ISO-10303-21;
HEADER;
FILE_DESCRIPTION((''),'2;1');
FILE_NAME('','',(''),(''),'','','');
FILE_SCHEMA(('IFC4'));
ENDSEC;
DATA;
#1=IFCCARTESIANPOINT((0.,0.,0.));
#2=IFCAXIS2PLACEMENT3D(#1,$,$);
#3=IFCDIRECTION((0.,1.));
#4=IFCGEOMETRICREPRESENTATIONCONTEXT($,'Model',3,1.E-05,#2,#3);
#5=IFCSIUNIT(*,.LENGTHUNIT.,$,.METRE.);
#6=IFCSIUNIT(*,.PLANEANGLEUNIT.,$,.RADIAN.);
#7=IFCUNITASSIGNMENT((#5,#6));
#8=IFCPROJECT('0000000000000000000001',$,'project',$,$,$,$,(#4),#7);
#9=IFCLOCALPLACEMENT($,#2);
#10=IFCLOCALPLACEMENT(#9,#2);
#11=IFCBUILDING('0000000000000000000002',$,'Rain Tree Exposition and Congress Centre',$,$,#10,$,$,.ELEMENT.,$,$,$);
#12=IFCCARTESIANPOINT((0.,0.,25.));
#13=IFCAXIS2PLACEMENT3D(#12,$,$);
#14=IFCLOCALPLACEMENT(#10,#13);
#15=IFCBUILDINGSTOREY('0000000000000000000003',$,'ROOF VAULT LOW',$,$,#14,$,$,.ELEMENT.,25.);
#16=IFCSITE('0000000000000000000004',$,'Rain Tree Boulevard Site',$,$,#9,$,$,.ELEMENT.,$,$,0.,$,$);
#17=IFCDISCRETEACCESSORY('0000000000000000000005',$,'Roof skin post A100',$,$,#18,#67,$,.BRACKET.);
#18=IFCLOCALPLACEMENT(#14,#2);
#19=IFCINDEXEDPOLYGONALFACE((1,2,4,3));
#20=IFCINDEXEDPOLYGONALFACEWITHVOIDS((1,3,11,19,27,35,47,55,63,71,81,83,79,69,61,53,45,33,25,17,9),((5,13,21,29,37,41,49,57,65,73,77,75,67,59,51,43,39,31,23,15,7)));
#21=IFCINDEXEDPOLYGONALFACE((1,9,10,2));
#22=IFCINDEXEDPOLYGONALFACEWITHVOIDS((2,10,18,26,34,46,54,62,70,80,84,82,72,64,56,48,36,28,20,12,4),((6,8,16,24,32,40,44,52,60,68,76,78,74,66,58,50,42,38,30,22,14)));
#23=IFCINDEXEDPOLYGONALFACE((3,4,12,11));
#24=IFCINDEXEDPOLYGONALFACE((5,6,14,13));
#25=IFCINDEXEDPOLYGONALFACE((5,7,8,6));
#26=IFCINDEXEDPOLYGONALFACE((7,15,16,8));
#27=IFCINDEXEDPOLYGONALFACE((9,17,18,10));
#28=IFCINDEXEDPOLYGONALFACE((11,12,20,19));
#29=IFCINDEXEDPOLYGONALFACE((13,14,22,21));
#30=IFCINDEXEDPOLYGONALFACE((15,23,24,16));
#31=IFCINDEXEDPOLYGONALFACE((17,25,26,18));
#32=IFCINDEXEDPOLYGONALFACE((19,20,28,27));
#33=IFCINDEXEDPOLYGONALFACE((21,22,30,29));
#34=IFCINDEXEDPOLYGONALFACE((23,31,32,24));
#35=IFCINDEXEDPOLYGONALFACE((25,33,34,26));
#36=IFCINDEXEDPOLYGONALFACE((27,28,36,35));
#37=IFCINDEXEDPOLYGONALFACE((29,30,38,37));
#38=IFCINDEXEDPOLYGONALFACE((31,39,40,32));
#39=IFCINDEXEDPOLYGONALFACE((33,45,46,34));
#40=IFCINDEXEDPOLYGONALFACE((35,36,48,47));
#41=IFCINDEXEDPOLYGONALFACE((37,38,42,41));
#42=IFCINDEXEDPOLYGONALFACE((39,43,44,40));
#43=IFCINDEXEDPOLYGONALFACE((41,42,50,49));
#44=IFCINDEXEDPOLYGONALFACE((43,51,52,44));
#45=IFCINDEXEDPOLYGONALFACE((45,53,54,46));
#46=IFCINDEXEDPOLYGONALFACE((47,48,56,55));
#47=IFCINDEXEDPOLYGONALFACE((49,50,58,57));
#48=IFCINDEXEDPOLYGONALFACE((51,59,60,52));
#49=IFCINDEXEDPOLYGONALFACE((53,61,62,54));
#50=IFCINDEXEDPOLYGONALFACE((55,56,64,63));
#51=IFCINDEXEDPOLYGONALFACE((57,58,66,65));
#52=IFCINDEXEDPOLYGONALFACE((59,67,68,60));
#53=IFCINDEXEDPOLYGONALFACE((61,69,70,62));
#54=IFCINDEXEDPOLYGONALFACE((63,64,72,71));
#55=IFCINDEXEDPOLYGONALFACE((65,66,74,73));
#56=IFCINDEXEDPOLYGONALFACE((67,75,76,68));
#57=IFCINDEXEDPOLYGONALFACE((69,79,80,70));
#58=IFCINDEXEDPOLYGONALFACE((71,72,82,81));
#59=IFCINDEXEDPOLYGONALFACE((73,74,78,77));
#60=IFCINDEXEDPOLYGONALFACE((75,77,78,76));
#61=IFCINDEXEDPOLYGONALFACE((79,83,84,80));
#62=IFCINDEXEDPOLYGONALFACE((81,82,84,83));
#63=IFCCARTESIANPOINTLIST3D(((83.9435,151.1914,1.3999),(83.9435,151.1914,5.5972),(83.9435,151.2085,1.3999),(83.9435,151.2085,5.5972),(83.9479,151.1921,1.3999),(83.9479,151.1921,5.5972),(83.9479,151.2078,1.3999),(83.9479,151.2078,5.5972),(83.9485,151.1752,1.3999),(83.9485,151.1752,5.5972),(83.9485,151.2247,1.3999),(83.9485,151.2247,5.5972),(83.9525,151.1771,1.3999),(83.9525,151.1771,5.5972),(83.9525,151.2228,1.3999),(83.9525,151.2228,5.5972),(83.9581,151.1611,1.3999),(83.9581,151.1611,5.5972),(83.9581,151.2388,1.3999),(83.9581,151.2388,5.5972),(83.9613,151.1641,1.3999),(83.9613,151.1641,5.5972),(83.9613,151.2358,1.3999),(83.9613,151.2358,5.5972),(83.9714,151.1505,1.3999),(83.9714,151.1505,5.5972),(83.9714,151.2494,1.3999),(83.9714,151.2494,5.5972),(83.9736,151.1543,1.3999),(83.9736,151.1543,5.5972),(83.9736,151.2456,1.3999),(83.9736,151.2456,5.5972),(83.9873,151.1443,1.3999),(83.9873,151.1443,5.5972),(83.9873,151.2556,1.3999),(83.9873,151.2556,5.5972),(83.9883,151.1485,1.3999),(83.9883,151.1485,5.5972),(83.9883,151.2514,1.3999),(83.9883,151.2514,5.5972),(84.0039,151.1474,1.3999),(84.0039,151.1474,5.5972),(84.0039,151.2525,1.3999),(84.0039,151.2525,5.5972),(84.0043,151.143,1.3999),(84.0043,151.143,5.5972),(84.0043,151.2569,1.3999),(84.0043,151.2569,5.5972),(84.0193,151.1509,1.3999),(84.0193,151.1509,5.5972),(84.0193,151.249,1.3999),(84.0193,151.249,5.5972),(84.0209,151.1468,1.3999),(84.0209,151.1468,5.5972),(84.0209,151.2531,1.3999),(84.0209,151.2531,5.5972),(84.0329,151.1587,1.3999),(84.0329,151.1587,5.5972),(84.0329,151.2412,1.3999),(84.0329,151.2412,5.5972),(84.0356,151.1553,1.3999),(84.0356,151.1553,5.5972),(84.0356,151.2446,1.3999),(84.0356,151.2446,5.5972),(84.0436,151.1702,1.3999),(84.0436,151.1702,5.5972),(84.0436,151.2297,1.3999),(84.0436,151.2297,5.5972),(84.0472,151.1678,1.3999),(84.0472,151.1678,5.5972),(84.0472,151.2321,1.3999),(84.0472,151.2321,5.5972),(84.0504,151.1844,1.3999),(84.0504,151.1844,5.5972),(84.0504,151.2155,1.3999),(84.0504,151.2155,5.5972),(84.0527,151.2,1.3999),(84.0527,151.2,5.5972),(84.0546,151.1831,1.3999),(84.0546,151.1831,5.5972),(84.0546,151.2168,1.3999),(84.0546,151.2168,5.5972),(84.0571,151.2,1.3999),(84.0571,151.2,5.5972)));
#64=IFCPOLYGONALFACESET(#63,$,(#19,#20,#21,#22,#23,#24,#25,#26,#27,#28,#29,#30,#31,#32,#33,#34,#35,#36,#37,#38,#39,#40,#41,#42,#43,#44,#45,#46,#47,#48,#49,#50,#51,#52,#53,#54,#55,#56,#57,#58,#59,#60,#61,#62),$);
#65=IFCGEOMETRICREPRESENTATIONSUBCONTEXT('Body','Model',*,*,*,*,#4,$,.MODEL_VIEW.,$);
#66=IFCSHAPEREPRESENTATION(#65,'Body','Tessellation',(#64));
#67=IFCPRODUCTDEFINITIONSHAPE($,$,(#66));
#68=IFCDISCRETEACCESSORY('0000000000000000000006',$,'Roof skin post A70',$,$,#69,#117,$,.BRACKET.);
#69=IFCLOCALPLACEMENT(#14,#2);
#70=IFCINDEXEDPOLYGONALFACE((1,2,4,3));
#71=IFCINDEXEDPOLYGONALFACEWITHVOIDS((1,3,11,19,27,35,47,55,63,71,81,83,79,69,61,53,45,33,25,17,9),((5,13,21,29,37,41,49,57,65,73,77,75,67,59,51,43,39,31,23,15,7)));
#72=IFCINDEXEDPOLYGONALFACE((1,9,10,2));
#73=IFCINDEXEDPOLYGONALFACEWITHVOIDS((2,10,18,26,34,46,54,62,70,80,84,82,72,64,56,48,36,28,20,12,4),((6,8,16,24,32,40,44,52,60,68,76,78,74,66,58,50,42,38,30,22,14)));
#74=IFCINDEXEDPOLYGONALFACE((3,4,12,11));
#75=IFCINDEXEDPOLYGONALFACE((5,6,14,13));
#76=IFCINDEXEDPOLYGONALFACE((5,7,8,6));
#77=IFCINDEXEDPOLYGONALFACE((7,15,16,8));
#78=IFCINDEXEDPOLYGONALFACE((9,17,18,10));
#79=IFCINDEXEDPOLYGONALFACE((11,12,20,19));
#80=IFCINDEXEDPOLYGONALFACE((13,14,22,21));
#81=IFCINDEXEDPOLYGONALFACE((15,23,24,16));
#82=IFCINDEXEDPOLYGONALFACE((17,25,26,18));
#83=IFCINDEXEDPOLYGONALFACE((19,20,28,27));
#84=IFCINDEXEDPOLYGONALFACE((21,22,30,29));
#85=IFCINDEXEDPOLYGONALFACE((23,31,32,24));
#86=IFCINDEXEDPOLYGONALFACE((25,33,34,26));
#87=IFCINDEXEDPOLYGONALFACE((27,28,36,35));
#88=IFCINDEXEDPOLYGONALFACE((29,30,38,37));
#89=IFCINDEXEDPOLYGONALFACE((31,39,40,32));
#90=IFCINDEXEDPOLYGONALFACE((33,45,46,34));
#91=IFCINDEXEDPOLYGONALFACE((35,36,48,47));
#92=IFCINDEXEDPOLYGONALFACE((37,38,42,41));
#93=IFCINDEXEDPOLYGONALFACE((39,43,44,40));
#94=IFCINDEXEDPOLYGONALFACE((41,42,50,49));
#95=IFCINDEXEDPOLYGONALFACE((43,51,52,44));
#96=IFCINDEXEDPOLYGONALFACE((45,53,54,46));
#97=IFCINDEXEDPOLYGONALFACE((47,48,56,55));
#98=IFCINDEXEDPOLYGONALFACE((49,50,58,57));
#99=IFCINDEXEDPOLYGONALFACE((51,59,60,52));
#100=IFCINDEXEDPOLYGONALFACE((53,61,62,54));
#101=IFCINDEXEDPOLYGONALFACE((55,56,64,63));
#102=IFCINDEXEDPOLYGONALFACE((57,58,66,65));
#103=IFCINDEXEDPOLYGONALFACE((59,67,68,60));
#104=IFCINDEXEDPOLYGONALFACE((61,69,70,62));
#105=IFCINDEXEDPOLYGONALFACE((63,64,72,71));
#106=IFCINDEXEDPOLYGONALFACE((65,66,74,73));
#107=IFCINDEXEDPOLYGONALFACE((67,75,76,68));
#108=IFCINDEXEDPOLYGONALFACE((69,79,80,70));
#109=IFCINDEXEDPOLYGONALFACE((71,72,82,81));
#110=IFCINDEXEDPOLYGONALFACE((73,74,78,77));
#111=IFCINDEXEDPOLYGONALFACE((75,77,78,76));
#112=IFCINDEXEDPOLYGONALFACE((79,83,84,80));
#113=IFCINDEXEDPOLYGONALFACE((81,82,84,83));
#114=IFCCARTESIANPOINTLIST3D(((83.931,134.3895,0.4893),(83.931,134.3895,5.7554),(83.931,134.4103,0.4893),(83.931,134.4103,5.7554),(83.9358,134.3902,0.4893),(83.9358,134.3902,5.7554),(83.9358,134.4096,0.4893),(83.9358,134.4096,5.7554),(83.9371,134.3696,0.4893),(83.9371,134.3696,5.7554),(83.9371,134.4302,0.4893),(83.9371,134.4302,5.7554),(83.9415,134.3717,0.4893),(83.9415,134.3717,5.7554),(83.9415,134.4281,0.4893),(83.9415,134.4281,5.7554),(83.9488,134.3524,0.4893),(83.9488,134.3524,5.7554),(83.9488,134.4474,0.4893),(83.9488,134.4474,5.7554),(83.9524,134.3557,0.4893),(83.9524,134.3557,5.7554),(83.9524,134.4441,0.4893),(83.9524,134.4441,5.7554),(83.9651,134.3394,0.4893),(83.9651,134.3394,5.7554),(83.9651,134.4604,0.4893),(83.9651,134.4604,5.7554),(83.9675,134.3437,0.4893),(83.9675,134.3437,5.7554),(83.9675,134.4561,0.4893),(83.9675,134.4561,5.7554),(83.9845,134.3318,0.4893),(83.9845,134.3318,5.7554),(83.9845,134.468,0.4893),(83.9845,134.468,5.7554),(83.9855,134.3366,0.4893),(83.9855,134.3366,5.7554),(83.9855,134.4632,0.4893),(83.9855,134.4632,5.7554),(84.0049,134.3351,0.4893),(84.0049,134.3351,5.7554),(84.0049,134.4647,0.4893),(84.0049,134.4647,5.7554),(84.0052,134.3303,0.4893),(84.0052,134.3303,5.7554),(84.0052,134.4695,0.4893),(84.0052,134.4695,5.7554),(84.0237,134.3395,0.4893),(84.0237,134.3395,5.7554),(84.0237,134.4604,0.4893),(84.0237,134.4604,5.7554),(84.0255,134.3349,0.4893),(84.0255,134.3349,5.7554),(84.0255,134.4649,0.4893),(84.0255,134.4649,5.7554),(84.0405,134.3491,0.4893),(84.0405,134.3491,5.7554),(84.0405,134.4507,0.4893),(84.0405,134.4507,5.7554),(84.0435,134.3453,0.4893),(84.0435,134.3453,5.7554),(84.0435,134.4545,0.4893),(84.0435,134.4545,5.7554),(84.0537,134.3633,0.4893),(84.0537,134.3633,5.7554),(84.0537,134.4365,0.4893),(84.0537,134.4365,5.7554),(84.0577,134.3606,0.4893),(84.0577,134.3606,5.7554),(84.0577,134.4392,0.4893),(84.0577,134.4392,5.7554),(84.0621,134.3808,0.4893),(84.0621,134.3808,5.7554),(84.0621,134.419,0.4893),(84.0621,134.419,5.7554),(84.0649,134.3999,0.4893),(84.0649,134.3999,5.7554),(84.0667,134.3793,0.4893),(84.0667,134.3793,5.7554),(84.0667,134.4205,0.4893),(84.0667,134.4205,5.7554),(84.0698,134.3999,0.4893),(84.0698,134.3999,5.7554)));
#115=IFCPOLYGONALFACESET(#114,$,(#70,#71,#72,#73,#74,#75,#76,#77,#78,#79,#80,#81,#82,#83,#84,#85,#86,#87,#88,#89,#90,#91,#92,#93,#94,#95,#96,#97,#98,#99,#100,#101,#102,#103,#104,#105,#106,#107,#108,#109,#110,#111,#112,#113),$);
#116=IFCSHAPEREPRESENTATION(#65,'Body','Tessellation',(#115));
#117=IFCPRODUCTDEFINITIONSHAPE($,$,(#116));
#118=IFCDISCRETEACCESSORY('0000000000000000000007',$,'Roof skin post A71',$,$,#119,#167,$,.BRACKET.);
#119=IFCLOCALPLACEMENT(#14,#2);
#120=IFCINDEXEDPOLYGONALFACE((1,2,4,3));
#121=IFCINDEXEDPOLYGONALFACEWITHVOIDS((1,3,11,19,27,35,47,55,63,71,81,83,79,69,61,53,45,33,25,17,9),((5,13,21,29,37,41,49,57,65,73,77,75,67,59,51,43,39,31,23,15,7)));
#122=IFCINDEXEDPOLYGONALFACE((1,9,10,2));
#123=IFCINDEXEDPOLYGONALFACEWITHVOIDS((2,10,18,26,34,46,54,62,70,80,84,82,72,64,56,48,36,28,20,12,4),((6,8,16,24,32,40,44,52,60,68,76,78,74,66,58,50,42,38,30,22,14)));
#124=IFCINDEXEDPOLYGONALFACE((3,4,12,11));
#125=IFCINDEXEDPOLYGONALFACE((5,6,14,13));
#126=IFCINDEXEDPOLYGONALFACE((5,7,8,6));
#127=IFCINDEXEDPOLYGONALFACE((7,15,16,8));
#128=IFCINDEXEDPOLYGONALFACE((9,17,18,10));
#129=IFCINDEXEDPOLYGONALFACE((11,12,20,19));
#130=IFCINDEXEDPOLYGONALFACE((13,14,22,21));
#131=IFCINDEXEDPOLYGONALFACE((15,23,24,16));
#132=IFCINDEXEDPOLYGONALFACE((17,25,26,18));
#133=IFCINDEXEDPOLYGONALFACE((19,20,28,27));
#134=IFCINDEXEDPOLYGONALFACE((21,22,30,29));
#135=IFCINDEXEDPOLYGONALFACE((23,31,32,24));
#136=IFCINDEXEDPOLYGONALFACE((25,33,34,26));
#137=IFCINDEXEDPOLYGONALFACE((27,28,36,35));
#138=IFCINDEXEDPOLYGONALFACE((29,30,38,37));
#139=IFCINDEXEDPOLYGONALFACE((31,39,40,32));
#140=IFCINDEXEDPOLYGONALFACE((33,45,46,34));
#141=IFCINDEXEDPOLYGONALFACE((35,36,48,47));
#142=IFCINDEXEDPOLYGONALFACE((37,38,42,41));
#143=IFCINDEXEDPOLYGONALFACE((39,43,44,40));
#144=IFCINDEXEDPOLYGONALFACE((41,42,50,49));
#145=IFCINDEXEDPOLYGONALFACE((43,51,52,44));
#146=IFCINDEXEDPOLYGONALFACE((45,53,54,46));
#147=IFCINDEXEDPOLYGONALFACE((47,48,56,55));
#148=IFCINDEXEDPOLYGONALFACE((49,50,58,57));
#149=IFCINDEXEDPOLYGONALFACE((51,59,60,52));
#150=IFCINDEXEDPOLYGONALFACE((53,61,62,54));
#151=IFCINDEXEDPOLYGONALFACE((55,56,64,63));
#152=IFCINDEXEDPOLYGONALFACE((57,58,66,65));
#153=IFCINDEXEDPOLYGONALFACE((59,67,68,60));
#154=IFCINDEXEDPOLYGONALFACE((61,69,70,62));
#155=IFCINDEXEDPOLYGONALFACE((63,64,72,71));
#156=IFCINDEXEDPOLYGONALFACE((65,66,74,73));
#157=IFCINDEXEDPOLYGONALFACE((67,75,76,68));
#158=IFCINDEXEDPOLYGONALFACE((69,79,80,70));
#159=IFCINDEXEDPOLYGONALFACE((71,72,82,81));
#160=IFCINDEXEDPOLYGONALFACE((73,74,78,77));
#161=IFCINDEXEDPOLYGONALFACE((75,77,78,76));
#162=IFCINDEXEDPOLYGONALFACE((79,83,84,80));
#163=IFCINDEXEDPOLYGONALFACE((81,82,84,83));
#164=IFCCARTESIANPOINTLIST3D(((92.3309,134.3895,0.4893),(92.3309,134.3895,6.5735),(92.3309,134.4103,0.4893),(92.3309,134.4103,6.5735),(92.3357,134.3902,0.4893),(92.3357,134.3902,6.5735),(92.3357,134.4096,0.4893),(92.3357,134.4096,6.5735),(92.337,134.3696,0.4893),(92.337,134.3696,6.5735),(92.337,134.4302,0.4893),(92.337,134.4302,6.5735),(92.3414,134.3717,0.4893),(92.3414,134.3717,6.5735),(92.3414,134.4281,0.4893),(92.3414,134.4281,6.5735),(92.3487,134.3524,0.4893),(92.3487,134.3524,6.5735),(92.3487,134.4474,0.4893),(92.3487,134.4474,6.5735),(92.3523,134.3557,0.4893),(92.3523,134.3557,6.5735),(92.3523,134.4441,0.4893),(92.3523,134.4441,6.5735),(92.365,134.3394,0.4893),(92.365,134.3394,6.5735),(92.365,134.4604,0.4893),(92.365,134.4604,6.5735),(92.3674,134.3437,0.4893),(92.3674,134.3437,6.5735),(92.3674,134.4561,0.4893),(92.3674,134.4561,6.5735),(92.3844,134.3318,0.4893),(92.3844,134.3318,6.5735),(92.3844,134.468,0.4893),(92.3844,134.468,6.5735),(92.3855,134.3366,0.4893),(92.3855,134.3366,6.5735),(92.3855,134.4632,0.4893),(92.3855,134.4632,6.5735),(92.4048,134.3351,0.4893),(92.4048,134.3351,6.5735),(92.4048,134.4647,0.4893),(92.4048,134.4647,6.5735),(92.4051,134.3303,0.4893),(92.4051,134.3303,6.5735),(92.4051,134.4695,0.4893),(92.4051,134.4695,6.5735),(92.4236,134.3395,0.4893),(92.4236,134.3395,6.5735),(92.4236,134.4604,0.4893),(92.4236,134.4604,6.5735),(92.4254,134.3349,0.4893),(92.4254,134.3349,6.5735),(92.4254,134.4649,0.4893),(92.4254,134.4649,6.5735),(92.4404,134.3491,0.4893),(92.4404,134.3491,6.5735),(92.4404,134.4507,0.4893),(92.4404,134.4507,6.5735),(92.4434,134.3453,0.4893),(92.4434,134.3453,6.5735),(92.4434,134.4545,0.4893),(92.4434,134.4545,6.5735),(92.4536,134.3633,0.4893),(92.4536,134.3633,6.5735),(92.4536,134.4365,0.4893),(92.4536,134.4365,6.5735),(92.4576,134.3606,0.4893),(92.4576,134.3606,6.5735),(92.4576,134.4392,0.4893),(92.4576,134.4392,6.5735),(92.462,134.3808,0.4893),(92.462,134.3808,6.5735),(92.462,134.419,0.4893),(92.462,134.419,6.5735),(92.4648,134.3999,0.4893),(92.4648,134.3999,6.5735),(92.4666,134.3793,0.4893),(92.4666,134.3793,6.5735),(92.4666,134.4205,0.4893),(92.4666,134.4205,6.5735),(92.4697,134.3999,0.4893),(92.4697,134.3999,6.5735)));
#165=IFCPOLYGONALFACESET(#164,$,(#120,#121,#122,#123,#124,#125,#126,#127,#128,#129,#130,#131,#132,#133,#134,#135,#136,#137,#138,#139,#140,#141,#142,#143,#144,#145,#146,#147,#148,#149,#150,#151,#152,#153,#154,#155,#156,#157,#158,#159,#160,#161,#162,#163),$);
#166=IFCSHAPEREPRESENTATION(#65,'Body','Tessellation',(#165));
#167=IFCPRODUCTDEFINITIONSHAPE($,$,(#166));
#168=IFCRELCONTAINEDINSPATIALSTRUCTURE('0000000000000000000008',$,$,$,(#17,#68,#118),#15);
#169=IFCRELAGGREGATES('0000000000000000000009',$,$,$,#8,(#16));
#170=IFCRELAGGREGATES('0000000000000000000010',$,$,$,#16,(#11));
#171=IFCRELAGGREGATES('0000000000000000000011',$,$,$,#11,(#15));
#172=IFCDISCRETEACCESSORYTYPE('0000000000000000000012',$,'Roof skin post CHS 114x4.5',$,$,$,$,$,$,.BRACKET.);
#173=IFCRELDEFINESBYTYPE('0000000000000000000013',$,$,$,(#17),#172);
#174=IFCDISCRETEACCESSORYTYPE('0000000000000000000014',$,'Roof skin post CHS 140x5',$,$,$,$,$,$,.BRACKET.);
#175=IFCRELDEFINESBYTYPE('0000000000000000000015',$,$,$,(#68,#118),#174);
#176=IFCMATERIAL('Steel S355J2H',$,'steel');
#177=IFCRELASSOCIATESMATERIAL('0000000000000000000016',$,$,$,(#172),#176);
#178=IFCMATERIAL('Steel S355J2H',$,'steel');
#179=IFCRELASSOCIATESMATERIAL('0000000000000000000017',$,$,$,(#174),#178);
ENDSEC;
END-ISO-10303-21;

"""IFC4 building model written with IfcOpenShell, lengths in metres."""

from ifc_helpers import new_model, si_unit, direction, frame, origin, origin_2d, place, context, subcontext, project, spatial, hollow_circle, extrude, material, material_profile, profile_set, type_object, element, save


model = new_model("IFC4")

# Units and contexts
model_context = context("Model", 3, precision=1e-05, world=origin(), true_north=direction((0.0, 1.0)))
body_context = subcontext(model_context, "Body", "Model", "MODEL_VIEW")
ifc_project = project(units=[si_unit("LENGTHUNIT", "METRE"), si_unit("PLANEANGLEUNIT", "RADIAN")], contexts=[model_context])

# Site, building, storey
site_placement = place(None, origin())
site = spatial("IfcSite", under=ifc_project, at=site_placement, Name="Rain Tree Boulevard Site", CompositionType="ELEMENT", RefElevation=0.0)
building_placement = place(site_placement, origin())
building = spatial("IfcBuilding", under=site, at=building_placement, Name="Rain Tree Exposition and Congress Centre", CompositionType="ELEMENT")
storey_placement = place(building_placement, frame((0.0, 0.0, 25.0)))
storey = spatial("IfcBuildingStorey", under=building, at=storey_placement, Name="ROOF VAULT LOW", CompositionType="ELEMENT", Elevation=25.0)

# Discrete accessories
ifc_material_1 = material(Name="Steel S355J2H", Category="steel")
ifc_material_profile_1 = material_profile(ifc_material_1, hollow_circle(Radius=0.0571, WallThickness=0.0044, at=origin_2d()), Name="CHS 114x4.5")
ifc_profile_set_1 = profile_set([ifc_material_profile_1], Name="Steel S355J2H")
discrete_accessory_type_1 = type_object("IfcDiscreteAccessoryType", Name="Roof skin post CHS 114x4.5", PredefinedType="BRACKET", material=ifc_profile_set_1)
discrete_accessory_1_placement = place(storey_placement, frame((84.0, 151.2, 1.3999), z_axis=(0.0, 0.0, 1.0), x_axis=(1.0, 0.0, 0.0)))
element("IfcDiscreteAccessory", 1, at=discrete_accessory_1_placement, inside=storey, type_object=discrete_accessory_type_1, Name="Roof skin post A100", PredefinedType="BRACKET", context=body_context, shape_type="SweptSolid", body=[
    extrude(hollow_circle(Radius=0.0571, WallThickness=0.0044, at=origin_2d()), origin(), (0.0, 0.0, 1.0), 4.1973),
])
ifc_material_2 = material(Name="Steel S355J2H", Category="steel")
ifc_material_profile_2 = material_profile(ifc_material_2, hollow_circle(Radius=0.0698, WallThickness=0.0049, at=origin_2d()), Name="CHS 140x5")
ifc_profile_set_2 = profile_set([ifc_material_profile_2], Name="Steel S355J2H")
discrete_accessory_type_2 = type_object("IfcDiscreteAccessoryType", Name="Roof skin post CHS 140x5", PredefinedType="BRACKET", material=ifc_profile_set_2)
discrete_accessory_2_placement = place(storey_placement, frame((84.0, 134.3999, 0.4893), z_axis=(0.0, 0.0, 1.0), x_axis=(1.0, 0.0, 0.0)))
element("IfcDiscreteAccessory", 2, at=discrete_accessory_2_placement, inside=storey, type_object=discrete_accessory_type_2, Name="Roof skin post A70", PredefinedType="BRACKET", context=body_context, shape_type="SweptSolid", body=[
    extrude(hollow_circle(Radius=0.0698, WallThickness=0.0049, at=origin_2d()), origin(), (0.0, 0.0, 1.0), 5.2661),
])
discrete_accessory_3_placement = place(storey_placement, frame((92.3999, 134.3999, 0.4893), z_axis=(0.0, 0.0, 1.0), x_axis=(1.0, 0.0, 0.0)))
element("IfcDiscreteAccessory", 3, at=discrete_accessory_3_placement, inside=storey, type_object=discrete_accessory_type_2, Name="Roof skin post A71", PredefinedType="BRACKET", context=body_context, shape_type="SweptSolid", body=[
    extrude(hollow_circle(Radius=0.0698, WallThickness=0.0049, at=origin_2d()), origin(), (0.0, 0.0, 1.0), 6.0842),
])

save(model, "model.ifc")
